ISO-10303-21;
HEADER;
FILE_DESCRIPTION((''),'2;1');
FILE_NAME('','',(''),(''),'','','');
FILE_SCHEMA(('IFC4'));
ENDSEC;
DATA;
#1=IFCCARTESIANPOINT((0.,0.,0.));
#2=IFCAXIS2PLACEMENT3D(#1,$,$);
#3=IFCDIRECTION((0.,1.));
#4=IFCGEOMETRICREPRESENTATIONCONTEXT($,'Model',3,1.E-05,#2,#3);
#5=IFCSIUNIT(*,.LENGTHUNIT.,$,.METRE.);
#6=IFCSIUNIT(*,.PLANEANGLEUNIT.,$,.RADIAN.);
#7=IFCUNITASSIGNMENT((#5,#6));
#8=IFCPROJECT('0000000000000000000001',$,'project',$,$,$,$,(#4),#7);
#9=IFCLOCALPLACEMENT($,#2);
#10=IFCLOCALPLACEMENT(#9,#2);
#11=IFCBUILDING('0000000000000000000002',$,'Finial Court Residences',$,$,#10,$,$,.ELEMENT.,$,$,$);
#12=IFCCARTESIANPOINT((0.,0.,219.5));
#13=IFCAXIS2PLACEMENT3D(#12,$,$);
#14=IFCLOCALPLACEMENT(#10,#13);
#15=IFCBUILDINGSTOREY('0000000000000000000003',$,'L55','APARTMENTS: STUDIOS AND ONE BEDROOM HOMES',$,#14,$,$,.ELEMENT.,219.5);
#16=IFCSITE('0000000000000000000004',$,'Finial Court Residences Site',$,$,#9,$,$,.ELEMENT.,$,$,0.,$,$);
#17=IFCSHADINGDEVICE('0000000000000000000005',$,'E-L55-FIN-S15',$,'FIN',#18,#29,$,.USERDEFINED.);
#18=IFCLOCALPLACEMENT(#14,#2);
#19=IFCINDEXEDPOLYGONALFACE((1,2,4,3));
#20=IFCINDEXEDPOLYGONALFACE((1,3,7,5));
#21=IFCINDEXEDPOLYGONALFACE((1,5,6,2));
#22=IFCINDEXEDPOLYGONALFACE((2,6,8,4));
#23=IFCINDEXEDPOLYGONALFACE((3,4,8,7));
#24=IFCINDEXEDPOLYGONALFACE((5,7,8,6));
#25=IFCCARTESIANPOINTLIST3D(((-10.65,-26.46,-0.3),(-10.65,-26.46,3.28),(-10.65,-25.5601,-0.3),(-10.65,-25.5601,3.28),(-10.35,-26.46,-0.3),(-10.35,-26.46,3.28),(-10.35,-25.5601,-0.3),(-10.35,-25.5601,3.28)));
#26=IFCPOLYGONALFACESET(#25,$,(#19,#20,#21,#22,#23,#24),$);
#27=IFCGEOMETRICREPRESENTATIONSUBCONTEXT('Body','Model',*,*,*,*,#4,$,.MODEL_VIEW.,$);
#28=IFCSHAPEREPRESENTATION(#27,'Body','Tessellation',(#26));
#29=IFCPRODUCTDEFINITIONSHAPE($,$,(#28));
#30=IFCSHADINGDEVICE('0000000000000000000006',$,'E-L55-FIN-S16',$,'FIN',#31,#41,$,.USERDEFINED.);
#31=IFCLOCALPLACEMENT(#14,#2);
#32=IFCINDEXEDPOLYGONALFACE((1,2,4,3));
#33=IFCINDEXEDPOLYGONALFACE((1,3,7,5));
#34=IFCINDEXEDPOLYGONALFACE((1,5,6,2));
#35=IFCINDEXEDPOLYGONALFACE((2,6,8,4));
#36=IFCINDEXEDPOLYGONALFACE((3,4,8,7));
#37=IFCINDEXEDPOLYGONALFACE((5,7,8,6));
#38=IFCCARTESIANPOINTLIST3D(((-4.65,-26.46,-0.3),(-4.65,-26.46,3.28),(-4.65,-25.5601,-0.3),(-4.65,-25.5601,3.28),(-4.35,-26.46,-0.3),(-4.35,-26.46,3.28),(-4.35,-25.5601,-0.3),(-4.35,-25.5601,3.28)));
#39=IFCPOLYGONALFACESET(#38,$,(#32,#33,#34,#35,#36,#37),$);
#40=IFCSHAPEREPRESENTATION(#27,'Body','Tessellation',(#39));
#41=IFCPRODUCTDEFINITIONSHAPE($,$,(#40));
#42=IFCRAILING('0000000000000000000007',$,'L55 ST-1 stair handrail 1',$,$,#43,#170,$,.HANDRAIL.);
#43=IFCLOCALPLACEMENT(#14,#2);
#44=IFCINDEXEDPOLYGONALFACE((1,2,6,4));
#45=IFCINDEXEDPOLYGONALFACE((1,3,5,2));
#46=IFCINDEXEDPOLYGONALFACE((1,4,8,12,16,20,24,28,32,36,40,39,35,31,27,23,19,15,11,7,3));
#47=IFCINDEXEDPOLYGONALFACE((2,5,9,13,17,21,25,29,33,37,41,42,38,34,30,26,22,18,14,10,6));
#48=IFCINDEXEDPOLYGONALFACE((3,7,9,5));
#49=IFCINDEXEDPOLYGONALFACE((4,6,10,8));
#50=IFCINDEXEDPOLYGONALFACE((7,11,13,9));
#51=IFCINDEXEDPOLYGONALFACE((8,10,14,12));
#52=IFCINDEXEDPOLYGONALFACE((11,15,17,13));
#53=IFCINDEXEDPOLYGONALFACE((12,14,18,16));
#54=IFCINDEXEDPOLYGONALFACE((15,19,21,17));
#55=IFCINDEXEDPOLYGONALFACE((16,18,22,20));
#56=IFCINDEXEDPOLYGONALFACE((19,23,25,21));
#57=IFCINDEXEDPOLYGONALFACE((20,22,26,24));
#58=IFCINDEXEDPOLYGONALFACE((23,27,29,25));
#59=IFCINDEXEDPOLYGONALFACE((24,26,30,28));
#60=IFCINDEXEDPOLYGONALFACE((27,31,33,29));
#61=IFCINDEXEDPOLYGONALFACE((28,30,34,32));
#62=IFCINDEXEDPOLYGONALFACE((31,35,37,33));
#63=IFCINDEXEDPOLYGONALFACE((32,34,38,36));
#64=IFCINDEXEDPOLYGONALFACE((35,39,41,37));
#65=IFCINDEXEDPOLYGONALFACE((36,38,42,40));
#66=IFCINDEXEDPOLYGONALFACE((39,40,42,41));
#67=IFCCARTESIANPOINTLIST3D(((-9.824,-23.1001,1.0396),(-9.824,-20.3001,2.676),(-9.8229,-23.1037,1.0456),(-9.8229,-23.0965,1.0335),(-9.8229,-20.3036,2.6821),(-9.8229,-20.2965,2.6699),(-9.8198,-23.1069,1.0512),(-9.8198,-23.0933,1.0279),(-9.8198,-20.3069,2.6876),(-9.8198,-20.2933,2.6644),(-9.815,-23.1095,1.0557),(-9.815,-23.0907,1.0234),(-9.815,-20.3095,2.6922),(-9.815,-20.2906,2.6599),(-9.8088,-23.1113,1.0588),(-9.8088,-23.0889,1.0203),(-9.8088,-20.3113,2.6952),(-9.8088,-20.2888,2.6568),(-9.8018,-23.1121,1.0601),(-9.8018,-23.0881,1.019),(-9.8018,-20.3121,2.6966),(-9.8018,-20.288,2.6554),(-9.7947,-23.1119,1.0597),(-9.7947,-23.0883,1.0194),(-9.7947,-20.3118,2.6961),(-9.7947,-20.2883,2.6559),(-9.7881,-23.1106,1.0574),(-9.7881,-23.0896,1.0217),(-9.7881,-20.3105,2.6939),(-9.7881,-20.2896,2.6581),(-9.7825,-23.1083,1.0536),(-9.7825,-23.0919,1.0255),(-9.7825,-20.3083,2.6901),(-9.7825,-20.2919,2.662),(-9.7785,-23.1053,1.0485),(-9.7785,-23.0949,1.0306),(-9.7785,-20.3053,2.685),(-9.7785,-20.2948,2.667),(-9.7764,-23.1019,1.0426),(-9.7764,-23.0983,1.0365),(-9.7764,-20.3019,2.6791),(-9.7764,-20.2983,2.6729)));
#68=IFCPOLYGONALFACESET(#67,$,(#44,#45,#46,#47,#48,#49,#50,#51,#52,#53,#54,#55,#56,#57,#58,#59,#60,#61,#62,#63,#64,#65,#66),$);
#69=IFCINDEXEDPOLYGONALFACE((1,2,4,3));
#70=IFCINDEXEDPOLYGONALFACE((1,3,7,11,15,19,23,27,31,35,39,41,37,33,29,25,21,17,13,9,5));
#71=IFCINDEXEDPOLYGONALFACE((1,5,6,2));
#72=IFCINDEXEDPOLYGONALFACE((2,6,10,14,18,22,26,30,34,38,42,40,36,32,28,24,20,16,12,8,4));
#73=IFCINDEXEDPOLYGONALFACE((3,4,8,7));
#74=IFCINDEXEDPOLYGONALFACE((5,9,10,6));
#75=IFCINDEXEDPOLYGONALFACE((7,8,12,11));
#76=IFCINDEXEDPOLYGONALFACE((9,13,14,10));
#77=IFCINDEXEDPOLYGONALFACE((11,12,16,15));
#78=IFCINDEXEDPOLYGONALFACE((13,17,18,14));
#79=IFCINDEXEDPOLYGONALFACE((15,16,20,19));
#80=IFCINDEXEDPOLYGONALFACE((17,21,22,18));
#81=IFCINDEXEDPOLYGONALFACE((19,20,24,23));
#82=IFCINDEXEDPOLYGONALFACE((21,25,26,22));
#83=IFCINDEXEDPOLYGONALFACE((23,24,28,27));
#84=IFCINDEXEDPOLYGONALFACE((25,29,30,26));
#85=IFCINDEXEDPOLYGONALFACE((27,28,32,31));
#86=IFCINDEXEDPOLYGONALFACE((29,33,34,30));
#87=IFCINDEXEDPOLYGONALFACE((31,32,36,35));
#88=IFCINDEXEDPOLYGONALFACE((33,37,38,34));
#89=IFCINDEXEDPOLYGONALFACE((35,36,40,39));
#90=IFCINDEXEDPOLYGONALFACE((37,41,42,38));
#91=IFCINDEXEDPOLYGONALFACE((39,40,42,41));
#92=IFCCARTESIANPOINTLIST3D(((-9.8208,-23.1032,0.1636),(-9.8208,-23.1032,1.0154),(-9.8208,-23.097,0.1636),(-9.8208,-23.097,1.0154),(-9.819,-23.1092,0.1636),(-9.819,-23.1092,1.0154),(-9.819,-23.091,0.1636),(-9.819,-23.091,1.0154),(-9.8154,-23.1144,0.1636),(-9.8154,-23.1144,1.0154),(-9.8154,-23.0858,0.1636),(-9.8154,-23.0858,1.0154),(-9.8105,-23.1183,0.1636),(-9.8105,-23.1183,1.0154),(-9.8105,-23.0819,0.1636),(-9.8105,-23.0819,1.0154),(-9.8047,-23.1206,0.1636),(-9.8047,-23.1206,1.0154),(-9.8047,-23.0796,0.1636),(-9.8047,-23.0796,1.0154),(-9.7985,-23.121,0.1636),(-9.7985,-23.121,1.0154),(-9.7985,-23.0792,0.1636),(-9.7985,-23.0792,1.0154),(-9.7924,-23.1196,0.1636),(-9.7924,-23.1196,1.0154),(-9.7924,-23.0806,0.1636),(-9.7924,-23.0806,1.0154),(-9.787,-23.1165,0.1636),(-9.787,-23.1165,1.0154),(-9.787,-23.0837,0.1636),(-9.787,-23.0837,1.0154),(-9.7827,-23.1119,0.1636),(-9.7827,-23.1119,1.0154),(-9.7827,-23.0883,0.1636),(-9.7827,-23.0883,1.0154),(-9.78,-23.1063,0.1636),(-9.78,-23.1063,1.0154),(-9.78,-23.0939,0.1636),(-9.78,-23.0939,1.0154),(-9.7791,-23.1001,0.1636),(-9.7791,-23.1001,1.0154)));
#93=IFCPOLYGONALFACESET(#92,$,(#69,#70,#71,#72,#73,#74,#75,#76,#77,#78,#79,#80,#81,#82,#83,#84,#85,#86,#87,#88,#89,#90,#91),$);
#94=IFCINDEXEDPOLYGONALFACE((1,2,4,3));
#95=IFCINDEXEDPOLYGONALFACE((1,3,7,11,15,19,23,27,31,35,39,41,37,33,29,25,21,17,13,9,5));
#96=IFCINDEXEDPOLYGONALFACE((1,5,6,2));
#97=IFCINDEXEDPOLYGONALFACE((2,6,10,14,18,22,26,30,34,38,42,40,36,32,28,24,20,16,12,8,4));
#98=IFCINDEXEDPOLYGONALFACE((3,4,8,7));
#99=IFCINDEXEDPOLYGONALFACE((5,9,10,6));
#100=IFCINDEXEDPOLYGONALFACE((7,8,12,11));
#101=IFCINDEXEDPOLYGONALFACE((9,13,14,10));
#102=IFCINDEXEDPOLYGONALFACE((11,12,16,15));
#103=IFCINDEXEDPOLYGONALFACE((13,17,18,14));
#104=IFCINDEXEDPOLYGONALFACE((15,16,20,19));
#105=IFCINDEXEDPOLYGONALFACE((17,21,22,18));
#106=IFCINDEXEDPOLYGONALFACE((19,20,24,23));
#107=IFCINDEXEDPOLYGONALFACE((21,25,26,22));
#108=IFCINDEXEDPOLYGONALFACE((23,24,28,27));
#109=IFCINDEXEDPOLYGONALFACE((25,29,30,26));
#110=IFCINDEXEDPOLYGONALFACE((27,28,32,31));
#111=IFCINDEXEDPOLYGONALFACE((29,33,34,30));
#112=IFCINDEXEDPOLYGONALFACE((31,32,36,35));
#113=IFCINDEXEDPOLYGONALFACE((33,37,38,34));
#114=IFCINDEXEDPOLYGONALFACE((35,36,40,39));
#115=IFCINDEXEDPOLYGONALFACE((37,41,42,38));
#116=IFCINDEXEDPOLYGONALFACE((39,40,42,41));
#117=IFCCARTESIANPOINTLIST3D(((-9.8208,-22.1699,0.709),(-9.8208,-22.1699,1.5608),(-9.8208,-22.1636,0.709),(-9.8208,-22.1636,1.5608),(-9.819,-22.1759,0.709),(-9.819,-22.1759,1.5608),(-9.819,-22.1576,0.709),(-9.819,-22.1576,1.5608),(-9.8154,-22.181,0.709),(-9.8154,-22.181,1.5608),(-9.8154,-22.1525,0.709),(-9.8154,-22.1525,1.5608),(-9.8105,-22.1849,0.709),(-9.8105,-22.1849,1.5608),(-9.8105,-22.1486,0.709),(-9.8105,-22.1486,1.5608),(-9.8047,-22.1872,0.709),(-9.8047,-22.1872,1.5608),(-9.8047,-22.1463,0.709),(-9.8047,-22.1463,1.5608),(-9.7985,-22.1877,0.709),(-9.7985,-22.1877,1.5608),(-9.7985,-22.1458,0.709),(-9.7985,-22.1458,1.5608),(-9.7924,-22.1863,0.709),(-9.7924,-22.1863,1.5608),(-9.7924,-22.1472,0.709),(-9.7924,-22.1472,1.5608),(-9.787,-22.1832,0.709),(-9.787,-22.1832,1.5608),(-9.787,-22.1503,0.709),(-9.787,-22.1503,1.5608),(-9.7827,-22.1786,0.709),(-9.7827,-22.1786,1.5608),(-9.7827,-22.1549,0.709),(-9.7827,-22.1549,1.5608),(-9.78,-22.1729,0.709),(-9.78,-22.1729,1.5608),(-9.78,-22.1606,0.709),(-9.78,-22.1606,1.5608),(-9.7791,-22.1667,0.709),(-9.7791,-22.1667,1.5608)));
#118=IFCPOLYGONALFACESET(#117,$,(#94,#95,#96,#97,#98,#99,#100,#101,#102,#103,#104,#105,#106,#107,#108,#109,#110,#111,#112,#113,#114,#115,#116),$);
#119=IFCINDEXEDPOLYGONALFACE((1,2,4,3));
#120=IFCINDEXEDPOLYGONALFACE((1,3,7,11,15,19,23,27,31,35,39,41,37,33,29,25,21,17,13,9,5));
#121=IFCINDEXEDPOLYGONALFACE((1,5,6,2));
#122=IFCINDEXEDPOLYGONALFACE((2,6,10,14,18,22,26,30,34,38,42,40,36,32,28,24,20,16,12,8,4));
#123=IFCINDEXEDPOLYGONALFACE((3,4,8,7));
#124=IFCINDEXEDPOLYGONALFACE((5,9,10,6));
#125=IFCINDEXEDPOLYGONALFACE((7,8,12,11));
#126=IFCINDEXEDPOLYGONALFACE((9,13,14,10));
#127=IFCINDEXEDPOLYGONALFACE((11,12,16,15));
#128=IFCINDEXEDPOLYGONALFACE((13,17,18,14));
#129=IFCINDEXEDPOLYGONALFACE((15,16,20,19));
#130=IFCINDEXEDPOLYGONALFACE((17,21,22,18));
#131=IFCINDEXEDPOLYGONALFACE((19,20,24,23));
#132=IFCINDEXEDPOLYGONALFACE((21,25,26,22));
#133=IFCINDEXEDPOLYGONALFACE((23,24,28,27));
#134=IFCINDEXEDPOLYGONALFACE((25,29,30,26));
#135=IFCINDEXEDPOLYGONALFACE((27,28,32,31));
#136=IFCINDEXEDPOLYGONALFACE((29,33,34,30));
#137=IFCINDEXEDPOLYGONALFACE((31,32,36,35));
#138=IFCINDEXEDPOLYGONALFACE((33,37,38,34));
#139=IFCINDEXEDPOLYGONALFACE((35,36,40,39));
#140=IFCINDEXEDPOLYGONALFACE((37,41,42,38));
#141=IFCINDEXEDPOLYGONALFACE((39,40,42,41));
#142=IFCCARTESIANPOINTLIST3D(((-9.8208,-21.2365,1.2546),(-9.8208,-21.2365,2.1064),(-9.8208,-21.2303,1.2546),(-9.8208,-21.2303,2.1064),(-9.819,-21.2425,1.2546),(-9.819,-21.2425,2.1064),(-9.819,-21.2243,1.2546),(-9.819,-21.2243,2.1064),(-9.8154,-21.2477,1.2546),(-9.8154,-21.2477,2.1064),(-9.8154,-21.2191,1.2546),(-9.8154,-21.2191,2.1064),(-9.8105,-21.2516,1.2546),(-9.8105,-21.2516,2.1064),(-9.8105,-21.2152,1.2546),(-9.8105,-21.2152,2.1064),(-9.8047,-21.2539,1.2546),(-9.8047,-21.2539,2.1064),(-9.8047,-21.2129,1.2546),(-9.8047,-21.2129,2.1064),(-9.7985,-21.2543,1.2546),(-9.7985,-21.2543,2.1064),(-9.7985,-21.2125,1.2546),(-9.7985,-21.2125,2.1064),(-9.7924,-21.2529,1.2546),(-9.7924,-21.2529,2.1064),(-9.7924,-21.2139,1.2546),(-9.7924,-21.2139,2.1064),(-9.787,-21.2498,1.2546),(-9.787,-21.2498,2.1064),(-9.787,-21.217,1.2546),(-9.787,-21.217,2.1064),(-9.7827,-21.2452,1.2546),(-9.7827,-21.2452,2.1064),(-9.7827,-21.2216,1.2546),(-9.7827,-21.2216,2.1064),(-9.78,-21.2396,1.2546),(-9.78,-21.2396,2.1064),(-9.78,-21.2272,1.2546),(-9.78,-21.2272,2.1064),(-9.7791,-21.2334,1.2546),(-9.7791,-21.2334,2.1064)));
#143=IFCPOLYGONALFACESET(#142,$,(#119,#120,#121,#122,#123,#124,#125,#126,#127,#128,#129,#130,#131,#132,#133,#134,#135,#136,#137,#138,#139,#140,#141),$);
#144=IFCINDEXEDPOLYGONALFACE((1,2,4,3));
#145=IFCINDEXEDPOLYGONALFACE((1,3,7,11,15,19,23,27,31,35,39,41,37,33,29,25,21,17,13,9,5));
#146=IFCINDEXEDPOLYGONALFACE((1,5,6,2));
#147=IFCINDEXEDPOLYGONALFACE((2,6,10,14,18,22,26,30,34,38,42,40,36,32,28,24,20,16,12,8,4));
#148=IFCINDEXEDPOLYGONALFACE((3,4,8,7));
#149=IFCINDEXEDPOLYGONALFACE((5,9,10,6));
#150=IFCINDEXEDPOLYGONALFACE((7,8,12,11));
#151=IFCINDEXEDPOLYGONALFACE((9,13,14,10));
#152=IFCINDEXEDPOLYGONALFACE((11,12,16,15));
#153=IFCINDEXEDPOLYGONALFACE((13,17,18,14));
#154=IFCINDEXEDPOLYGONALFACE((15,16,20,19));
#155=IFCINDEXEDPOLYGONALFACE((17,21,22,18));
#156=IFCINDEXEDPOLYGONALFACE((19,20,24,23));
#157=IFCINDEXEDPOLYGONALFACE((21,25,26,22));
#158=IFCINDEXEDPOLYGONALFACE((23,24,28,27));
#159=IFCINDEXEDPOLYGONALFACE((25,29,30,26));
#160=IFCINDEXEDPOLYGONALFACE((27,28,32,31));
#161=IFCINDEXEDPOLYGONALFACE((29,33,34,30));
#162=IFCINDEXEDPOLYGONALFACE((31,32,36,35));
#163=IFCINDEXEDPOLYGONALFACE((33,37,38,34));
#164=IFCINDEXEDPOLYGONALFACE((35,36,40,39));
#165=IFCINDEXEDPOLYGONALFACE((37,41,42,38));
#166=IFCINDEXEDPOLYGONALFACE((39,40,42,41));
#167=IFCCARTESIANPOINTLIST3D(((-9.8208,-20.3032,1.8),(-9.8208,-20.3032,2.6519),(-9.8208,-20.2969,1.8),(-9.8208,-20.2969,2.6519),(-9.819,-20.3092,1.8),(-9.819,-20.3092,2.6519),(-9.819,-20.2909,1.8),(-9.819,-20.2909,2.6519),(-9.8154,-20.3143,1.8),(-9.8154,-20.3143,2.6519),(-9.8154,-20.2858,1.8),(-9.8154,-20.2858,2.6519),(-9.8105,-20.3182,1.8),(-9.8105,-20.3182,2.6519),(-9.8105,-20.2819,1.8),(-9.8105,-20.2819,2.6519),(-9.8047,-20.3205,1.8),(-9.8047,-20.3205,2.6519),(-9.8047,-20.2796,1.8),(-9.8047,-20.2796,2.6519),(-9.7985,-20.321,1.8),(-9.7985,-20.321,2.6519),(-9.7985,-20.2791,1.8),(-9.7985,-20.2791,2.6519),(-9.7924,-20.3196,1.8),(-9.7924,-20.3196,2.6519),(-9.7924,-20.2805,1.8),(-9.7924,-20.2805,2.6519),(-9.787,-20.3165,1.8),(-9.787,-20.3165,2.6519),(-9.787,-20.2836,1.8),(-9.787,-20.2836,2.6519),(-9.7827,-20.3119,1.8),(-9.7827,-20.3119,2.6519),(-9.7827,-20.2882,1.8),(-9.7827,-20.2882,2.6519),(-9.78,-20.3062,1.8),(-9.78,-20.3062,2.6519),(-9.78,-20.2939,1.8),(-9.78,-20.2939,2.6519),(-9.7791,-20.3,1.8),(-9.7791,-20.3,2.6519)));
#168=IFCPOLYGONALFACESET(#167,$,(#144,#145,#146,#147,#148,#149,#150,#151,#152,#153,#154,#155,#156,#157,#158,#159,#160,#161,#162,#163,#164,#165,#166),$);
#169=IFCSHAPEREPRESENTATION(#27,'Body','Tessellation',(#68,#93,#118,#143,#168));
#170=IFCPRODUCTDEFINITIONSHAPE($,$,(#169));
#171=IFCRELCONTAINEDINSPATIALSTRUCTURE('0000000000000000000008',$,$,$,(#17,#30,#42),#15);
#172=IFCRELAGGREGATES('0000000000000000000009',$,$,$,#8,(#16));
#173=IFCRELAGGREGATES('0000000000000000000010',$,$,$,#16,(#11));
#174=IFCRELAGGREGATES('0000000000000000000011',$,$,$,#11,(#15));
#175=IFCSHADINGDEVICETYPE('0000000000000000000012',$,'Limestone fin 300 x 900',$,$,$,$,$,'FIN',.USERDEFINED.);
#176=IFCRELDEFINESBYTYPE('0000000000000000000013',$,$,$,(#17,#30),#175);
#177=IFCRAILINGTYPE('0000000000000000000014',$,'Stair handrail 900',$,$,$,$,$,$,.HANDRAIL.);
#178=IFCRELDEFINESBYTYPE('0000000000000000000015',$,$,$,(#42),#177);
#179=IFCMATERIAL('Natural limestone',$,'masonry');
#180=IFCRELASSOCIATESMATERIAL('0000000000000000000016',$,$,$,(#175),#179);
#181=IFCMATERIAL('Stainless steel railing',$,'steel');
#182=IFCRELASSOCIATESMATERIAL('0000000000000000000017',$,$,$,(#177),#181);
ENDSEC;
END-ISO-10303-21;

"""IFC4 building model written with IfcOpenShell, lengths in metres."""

from ifc_helpers import new_model, si_unit, direction, frame, origin, origin_2d, place, context, subcontext, project, spatial, rectangle, circle, extrude, material, type_object, element, save


model = new_model("IFC4")

# Units and contexts
model_context = context("Model", 3, precision=1e-05, world=origin(), true_north=direction((0.0, 1.0)))
body_context = subcontext(model_context, "Body", "Model", "MODEL_VIEW")
ifc_project = project(units=[si_unit("LENGTHUNIT", "METRE"), si_unit("PLANEANGLEUNIT", "RADIAN")], contexts=[model_context])

# Site, building, storey
site_placement = place(None, origin())
site = spatial("IfcSite", under=ifc_project, at=site_placement, Name="Finial Court Residences Site", CompositionType="ELEMENT", RefElevation=0.0)
building_placement = place(site_placement, origin())
building = spatial("IfcBuilding", under=site, at=building_placement, Name="Finial Court Residences", CompositionType="ELEMENT")
storey_placement = place(building_placement, frame((0.0, 0.0, 219.5)))
storey = spatial("IfcBuildingStorey", under=building, at=storey_placement, Name="L55", Description="APARTMENTS: STUDIOS AND ONE BEDROOM HOMES", CompositionType="ELEMENT", Elevation=219.5)

# Shading devices
ifc_material_1 = material(Name="Natural limestone", Category="masonry")
shading_device_type = type_object("IfcShadingDeviceType", Name="Limestone fin 300 x 900", ElementType="FIN", PredefinedType="USERDEFINED", material=ifc_material_1)
for number, where, z_axis, x_axis, name in (
    (1, (-10.5, -26.01, -0.3), (0.0, 0.0, 1.0), (1.0, 0.0, 0.0), "E-L55-FIN-S15"),
    (2, (-4.5, -26.01, -0.3), (0.0, 0.0, 1.0), (1.0, 0.0, 0.0), "E-L55-FIN-S16"),
):
    element("IfcShadingDevice", number, at=place(storey_placement, frame(where, z_axis=z_axis, x_axis=x_axis)), inside=storey, type_object=shading_device_type, Name=name, ObjectType="FIN", PredefinedType="USERDEFINED", context=body_context, shape_type="SweptSolid", body=[
        extrude(rectangle(XDim=0.3, YDim=0.8999, at=origin_2d()), origin(), (0.0, 0.0, 1.0), 3.5801),
    ])

# Railing
ifc_material_2 = material(Name="Stainless steel railing", Category="steel")
railing_type_1 = type_object("IfcRailingType", Name="Stair handrail 900", PredefinedType="HANDRAIL", material=ifc_material_2)
railing_1_placement = place(storey_placement, frame((-9.8, -23.1001, 0.1636)))
element("IfcRailing", 3, at=railing_1_placement, inside=storey, type_object=railing_type_1, Name="L55 ST-1 stair handrail 1", PredefinedType="HANDRAIL", context=body_context, shape_type="SweptSolid", body=[
    extrude(circle(Radius=0.0239, at=origin_2d()), frame((0.0, 0.0, 0.876), z_axis=(0.0, 0.863361, 0.504587), x_axis=(-1.0, 0.0, 0.0)), (0.0, 0.0, 1.0), 3.2432),
    extrude(circle(Radius=0.021, at=origin_2d()), origin(), (0.0, 0.0, 1.0), 0.8518),
    extrude(circle(Radius=0.021, at=origin_2d()), frame((0.0, 0.9333, 0.5454)), (0.0, 0.0, 1.0), 0.8518),
    extrude(circle(Radius=0.021, at=origin_2d()), frame((0.0, 1.8667, 1.0911)), (0.0, 0.0, 1.0), 0.8518),
    extrude(circle(Radius=0.021, at=origin_2d()), frame((0.0, 2.8, 1.6365)), (0.0, 0.0, 1.0), 0.8518),
])

save(model, "model.ifc")
